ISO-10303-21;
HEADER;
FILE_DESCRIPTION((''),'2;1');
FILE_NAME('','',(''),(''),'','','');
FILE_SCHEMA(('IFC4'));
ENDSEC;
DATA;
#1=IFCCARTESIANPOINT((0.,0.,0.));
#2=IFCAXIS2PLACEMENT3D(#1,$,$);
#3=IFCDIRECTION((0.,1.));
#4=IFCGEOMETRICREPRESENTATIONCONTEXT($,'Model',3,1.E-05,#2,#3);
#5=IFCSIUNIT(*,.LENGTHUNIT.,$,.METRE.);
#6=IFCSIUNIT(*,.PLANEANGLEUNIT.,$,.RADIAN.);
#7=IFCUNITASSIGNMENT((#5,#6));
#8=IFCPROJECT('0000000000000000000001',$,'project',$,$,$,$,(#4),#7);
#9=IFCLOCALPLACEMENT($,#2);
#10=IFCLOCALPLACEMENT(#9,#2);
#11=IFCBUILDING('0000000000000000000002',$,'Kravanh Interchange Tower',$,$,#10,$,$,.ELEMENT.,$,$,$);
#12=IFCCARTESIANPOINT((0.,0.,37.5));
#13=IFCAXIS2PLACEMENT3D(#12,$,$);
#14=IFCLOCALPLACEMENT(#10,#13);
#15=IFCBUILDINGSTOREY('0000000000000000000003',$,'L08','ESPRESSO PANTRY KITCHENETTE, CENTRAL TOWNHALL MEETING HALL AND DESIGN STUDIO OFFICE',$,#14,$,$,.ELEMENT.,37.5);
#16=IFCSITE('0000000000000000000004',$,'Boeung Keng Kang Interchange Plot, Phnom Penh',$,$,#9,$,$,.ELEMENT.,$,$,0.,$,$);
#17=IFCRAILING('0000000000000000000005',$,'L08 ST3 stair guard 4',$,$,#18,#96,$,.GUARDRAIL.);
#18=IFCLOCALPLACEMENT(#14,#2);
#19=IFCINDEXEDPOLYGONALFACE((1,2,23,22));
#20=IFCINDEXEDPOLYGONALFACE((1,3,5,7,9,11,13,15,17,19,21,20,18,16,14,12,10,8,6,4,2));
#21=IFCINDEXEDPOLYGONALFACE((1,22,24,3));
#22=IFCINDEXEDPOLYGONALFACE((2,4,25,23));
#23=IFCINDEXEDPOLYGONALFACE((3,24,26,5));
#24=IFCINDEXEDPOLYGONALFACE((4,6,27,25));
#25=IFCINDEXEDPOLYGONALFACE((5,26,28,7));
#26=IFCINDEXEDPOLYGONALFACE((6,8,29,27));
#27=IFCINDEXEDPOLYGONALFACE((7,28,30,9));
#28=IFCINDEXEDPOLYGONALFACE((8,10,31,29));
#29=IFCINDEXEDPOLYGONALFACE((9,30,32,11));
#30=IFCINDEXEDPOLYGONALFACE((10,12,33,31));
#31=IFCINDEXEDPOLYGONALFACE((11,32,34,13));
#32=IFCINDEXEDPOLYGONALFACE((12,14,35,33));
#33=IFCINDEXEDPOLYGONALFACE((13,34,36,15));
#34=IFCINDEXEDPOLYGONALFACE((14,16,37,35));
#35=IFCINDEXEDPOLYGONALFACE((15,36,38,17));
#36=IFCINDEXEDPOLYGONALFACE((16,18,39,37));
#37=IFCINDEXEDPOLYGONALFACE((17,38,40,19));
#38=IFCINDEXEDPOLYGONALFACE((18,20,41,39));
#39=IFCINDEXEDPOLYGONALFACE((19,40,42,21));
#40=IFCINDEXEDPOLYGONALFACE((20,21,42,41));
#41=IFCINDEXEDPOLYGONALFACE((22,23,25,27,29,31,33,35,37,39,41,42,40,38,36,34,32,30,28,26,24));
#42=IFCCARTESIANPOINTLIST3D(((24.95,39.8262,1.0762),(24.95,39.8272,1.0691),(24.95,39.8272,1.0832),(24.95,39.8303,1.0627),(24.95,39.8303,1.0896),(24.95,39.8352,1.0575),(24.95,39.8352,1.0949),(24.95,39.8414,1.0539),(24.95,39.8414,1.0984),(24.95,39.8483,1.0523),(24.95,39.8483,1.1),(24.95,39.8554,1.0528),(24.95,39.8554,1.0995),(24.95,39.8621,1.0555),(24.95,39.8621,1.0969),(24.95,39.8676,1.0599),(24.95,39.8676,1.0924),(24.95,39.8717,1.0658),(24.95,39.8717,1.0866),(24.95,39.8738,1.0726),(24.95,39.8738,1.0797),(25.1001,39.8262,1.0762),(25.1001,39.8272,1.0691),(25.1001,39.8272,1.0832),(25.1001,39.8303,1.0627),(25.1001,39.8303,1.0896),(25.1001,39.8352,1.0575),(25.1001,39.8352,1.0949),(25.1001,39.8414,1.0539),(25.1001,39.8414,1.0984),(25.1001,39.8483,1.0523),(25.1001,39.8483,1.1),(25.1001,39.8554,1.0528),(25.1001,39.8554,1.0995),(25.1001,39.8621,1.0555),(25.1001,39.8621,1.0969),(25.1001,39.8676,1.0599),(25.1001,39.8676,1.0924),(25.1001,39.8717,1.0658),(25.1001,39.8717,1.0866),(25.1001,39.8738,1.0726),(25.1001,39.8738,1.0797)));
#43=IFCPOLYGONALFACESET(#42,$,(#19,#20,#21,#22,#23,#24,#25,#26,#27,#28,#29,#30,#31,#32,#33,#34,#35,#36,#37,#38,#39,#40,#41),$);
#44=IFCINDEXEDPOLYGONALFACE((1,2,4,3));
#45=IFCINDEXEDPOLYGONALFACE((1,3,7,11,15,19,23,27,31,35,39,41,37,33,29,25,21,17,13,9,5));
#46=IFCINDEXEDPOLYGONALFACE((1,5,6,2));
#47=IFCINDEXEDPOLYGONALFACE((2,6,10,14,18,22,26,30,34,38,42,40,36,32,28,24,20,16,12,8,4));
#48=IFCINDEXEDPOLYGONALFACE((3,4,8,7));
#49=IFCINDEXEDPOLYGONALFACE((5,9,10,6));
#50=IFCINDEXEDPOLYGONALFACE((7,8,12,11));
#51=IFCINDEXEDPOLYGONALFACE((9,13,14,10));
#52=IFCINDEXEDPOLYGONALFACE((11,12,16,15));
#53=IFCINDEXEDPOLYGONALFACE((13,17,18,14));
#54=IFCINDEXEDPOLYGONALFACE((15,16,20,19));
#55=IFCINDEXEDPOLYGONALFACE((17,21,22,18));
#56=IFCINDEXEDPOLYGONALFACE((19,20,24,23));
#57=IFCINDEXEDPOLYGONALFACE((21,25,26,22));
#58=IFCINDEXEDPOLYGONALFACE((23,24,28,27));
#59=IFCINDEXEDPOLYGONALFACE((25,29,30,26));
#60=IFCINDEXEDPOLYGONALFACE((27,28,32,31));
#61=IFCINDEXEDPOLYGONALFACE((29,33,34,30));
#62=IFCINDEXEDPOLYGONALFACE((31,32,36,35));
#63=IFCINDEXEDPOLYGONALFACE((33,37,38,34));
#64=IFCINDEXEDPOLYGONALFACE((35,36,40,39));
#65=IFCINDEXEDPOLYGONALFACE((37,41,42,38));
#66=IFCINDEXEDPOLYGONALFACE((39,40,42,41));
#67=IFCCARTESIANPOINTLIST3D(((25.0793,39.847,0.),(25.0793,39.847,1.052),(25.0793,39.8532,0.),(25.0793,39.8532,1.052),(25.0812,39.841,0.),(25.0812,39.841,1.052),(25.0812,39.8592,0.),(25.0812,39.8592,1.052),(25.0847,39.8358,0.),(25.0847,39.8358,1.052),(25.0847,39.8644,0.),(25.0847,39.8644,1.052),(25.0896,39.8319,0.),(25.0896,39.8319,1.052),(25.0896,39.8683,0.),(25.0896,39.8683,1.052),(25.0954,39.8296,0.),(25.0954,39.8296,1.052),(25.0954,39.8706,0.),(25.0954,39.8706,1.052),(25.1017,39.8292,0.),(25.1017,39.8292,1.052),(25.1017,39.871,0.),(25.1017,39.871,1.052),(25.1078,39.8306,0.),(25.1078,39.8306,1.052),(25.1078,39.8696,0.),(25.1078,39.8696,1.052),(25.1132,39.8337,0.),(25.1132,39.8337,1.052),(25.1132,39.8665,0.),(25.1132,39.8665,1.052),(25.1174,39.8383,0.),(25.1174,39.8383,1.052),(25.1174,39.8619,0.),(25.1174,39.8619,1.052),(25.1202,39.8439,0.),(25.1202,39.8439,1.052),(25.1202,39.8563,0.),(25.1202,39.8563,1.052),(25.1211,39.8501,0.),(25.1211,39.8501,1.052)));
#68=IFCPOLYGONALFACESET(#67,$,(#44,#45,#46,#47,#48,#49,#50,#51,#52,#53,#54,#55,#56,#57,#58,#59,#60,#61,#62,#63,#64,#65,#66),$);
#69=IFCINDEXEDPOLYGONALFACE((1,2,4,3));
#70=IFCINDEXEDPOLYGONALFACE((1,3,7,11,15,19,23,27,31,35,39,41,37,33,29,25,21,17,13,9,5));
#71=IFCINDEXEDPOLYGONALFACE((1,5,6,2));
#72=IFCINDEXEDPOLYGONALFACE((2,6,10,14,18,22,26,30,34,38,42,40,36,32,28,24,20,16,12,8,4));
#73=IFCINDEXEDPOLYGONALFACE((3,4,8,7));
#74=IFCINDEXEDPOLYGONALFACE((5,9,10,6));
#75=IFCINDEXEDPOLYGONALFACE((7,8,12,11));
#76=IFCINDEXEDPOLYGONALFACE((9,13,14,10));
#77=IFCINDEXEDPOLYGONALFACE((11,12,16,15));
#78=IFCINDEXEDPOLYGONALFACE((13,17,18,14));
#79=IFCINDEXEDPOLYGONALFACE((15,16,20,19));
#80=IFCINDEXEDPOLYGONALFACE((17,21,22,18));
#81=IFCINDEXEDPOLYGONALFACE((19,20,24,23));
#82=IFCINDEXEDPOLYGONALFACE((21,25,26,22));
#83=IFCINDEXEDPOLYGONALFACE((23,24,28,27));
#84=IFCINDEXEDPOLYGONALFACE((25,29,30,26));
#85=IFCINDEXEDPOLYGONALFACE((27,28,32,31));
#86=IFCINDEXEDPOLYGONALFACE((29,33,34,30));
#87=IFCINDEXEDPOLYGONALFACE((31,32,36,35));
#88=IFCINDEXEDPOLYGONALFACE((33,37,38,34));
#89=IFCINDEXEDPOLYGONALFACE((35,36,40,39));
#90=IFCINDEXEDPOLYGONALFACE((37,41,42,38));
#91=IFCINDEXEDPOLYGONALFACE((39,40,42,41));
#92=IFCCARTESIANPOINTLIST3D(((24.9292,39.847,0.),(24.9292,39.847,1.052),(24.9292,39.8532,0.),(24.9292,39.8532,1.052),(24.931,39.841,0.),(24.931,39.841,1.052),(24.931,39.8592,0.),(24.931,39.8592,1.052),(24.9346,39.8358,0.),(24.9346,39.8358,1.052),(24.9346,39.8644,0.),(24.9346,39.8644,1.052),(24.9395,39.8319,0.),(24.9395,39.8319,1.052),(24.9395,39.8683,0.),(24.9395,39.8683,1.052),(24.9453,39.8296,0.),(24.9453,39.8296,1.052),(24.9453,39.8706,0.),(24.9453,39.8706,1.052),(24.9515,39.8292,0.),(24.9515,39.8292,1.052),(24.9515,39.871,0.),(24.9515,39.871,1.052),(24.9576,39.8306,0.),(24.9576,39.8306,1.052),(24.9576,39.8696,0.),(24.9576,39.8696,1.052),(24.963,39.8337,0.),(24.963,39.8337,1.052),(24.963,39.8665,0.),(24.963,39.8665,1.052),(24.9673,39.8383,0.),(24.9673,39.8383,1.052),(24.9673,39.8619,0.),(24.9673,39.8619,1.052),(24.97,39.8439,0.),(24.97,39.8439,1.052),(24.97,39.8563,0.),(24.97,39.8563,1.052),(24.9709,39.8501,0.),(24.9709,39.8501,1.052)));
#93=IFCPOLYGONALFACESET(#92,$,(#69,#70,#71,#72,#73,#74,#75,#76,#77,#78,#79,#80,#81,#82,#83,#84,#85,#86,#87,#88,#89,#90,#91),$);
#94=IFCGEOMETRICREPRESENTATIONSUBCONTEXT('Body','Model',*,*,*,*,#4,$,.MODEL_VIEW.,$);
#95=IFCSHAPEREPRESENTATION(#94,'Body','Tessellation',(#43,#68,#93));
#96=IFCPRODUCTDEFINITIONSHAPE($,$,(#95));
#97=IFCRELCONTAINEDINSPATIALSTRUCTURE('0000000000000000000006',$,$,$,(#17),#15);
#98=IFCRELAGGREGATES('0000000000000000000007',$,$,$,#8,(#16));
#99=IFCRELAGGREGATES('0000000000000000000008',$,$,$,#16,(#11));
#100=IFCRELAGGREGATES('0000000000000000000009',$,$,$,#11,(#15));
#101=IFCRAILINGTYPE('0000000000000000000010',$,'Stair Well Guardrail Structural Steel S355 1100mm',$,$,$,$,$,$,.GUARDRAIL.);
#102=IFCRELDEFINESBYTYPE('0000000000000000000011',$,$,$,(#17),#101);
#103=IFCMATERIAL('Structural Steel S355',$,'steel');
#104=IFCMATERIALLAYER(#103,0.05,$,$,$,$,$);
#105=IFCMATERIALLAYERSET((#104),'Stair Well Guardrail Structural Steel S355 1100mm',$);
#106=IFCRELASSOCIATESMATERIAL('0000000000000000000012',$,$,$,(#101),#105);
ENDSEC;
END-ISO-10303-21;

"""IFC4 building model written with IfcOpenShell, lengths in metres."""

from ifc_helpers import new_model, si_unit, direction, frame, origin, origin_2d, place, context, subcontext, project, spatial, circle, extrude, material, layer, layer_set, type_object, element, save


model = new_model("IFC4")

# Units and contexts
model_context = context("Model", 3, precision=1e-05, world=origin(), true_north=direction((0.0, 1.0)))
body_context = subcontext(model_context, "Body", "Model", "MODEL_VIEW")
ifc_project = project(units=[si_unit("LENGTHUNIT", "METRE"), si_unit("PLANEANGLEUNIT", "RADIAN")], contexts=[model_context])

# Site, building, storey
site_placement = place(None, origin())
site = spatial("IfcSite", under=ifc_project, at=site_placement, Name="Boeung Keng Kang Interchange Plot, Phnom Penh", CompositionType="ELEMENT", RefElevation=0.0)
building_placement = place(site_placement, origin())
building = spatial("IfcBuilding", under=site, at=building_placement, Name="Kravanh Interchange Tower", CompositionType="ELEMENT")
storey_placement = place(building_placement, frame((0.0, 0.0, 37.5)))
storey = spatial("IfcBuildingStorey", under=building, at=storey_placement, Name="L08", Description="ESPRESSO PANTRY KITCHENETTE, CENTRAL TOWNHALL MEETING HALL AND DESIGN STUDIO OFFICE", CompositionType="ELEMENT", Elevation=37.5)

# Railing
ifc_material_1 = material(Name="Structural Steel S355", Category="steel")
ifc_layer_1 = layer(ifc_material_1, 0.05)
ifc_layer_set_1 = layer_set([ifc_layer_1], Name="Stair Well Guardrail Structural Steel S355 1100mm")
railing_type_1 = type_object("IfcRailingType", Name="Stair Well Guardrail Structural Steel S355 1100mm", PredefinedType="GUARDRAIL", material=ifc_layer_set_1)
railing_1_placement = place(storey_placement, frame((25.1001, 39.8501, 0.0)))
element("IfcRailing", 1, at=railing_1_placement, inside=storey, type_object=railing_type_1, Name="L08 ST3 stair guard 4", PredefinedType="GUARDRAIL", context=body_context, shape_type="SweptSolid", body=[
    extrude(circle(Radius=0.0239, at=origin_2d()), frame((0.0, 0.0, 1.0762), z_axis=(-1.0, 0.0, 0.0), x_axis=(0.0, -1.0, 0.0)), (0.0, 0.0, 1.0), 0.1501),
    extrude(circle(Radius=0.021, at=origin_2d()), origin(), (0.0, 0.0, 1.0), 1.052),
    extrude(circle(Radius=0.021, at=origin_2d()), frame((-0.1501, 0.0, 0.0)), (0.0, 0.0, 1.0), 1.052),
])

save(model, "model.ifc")
